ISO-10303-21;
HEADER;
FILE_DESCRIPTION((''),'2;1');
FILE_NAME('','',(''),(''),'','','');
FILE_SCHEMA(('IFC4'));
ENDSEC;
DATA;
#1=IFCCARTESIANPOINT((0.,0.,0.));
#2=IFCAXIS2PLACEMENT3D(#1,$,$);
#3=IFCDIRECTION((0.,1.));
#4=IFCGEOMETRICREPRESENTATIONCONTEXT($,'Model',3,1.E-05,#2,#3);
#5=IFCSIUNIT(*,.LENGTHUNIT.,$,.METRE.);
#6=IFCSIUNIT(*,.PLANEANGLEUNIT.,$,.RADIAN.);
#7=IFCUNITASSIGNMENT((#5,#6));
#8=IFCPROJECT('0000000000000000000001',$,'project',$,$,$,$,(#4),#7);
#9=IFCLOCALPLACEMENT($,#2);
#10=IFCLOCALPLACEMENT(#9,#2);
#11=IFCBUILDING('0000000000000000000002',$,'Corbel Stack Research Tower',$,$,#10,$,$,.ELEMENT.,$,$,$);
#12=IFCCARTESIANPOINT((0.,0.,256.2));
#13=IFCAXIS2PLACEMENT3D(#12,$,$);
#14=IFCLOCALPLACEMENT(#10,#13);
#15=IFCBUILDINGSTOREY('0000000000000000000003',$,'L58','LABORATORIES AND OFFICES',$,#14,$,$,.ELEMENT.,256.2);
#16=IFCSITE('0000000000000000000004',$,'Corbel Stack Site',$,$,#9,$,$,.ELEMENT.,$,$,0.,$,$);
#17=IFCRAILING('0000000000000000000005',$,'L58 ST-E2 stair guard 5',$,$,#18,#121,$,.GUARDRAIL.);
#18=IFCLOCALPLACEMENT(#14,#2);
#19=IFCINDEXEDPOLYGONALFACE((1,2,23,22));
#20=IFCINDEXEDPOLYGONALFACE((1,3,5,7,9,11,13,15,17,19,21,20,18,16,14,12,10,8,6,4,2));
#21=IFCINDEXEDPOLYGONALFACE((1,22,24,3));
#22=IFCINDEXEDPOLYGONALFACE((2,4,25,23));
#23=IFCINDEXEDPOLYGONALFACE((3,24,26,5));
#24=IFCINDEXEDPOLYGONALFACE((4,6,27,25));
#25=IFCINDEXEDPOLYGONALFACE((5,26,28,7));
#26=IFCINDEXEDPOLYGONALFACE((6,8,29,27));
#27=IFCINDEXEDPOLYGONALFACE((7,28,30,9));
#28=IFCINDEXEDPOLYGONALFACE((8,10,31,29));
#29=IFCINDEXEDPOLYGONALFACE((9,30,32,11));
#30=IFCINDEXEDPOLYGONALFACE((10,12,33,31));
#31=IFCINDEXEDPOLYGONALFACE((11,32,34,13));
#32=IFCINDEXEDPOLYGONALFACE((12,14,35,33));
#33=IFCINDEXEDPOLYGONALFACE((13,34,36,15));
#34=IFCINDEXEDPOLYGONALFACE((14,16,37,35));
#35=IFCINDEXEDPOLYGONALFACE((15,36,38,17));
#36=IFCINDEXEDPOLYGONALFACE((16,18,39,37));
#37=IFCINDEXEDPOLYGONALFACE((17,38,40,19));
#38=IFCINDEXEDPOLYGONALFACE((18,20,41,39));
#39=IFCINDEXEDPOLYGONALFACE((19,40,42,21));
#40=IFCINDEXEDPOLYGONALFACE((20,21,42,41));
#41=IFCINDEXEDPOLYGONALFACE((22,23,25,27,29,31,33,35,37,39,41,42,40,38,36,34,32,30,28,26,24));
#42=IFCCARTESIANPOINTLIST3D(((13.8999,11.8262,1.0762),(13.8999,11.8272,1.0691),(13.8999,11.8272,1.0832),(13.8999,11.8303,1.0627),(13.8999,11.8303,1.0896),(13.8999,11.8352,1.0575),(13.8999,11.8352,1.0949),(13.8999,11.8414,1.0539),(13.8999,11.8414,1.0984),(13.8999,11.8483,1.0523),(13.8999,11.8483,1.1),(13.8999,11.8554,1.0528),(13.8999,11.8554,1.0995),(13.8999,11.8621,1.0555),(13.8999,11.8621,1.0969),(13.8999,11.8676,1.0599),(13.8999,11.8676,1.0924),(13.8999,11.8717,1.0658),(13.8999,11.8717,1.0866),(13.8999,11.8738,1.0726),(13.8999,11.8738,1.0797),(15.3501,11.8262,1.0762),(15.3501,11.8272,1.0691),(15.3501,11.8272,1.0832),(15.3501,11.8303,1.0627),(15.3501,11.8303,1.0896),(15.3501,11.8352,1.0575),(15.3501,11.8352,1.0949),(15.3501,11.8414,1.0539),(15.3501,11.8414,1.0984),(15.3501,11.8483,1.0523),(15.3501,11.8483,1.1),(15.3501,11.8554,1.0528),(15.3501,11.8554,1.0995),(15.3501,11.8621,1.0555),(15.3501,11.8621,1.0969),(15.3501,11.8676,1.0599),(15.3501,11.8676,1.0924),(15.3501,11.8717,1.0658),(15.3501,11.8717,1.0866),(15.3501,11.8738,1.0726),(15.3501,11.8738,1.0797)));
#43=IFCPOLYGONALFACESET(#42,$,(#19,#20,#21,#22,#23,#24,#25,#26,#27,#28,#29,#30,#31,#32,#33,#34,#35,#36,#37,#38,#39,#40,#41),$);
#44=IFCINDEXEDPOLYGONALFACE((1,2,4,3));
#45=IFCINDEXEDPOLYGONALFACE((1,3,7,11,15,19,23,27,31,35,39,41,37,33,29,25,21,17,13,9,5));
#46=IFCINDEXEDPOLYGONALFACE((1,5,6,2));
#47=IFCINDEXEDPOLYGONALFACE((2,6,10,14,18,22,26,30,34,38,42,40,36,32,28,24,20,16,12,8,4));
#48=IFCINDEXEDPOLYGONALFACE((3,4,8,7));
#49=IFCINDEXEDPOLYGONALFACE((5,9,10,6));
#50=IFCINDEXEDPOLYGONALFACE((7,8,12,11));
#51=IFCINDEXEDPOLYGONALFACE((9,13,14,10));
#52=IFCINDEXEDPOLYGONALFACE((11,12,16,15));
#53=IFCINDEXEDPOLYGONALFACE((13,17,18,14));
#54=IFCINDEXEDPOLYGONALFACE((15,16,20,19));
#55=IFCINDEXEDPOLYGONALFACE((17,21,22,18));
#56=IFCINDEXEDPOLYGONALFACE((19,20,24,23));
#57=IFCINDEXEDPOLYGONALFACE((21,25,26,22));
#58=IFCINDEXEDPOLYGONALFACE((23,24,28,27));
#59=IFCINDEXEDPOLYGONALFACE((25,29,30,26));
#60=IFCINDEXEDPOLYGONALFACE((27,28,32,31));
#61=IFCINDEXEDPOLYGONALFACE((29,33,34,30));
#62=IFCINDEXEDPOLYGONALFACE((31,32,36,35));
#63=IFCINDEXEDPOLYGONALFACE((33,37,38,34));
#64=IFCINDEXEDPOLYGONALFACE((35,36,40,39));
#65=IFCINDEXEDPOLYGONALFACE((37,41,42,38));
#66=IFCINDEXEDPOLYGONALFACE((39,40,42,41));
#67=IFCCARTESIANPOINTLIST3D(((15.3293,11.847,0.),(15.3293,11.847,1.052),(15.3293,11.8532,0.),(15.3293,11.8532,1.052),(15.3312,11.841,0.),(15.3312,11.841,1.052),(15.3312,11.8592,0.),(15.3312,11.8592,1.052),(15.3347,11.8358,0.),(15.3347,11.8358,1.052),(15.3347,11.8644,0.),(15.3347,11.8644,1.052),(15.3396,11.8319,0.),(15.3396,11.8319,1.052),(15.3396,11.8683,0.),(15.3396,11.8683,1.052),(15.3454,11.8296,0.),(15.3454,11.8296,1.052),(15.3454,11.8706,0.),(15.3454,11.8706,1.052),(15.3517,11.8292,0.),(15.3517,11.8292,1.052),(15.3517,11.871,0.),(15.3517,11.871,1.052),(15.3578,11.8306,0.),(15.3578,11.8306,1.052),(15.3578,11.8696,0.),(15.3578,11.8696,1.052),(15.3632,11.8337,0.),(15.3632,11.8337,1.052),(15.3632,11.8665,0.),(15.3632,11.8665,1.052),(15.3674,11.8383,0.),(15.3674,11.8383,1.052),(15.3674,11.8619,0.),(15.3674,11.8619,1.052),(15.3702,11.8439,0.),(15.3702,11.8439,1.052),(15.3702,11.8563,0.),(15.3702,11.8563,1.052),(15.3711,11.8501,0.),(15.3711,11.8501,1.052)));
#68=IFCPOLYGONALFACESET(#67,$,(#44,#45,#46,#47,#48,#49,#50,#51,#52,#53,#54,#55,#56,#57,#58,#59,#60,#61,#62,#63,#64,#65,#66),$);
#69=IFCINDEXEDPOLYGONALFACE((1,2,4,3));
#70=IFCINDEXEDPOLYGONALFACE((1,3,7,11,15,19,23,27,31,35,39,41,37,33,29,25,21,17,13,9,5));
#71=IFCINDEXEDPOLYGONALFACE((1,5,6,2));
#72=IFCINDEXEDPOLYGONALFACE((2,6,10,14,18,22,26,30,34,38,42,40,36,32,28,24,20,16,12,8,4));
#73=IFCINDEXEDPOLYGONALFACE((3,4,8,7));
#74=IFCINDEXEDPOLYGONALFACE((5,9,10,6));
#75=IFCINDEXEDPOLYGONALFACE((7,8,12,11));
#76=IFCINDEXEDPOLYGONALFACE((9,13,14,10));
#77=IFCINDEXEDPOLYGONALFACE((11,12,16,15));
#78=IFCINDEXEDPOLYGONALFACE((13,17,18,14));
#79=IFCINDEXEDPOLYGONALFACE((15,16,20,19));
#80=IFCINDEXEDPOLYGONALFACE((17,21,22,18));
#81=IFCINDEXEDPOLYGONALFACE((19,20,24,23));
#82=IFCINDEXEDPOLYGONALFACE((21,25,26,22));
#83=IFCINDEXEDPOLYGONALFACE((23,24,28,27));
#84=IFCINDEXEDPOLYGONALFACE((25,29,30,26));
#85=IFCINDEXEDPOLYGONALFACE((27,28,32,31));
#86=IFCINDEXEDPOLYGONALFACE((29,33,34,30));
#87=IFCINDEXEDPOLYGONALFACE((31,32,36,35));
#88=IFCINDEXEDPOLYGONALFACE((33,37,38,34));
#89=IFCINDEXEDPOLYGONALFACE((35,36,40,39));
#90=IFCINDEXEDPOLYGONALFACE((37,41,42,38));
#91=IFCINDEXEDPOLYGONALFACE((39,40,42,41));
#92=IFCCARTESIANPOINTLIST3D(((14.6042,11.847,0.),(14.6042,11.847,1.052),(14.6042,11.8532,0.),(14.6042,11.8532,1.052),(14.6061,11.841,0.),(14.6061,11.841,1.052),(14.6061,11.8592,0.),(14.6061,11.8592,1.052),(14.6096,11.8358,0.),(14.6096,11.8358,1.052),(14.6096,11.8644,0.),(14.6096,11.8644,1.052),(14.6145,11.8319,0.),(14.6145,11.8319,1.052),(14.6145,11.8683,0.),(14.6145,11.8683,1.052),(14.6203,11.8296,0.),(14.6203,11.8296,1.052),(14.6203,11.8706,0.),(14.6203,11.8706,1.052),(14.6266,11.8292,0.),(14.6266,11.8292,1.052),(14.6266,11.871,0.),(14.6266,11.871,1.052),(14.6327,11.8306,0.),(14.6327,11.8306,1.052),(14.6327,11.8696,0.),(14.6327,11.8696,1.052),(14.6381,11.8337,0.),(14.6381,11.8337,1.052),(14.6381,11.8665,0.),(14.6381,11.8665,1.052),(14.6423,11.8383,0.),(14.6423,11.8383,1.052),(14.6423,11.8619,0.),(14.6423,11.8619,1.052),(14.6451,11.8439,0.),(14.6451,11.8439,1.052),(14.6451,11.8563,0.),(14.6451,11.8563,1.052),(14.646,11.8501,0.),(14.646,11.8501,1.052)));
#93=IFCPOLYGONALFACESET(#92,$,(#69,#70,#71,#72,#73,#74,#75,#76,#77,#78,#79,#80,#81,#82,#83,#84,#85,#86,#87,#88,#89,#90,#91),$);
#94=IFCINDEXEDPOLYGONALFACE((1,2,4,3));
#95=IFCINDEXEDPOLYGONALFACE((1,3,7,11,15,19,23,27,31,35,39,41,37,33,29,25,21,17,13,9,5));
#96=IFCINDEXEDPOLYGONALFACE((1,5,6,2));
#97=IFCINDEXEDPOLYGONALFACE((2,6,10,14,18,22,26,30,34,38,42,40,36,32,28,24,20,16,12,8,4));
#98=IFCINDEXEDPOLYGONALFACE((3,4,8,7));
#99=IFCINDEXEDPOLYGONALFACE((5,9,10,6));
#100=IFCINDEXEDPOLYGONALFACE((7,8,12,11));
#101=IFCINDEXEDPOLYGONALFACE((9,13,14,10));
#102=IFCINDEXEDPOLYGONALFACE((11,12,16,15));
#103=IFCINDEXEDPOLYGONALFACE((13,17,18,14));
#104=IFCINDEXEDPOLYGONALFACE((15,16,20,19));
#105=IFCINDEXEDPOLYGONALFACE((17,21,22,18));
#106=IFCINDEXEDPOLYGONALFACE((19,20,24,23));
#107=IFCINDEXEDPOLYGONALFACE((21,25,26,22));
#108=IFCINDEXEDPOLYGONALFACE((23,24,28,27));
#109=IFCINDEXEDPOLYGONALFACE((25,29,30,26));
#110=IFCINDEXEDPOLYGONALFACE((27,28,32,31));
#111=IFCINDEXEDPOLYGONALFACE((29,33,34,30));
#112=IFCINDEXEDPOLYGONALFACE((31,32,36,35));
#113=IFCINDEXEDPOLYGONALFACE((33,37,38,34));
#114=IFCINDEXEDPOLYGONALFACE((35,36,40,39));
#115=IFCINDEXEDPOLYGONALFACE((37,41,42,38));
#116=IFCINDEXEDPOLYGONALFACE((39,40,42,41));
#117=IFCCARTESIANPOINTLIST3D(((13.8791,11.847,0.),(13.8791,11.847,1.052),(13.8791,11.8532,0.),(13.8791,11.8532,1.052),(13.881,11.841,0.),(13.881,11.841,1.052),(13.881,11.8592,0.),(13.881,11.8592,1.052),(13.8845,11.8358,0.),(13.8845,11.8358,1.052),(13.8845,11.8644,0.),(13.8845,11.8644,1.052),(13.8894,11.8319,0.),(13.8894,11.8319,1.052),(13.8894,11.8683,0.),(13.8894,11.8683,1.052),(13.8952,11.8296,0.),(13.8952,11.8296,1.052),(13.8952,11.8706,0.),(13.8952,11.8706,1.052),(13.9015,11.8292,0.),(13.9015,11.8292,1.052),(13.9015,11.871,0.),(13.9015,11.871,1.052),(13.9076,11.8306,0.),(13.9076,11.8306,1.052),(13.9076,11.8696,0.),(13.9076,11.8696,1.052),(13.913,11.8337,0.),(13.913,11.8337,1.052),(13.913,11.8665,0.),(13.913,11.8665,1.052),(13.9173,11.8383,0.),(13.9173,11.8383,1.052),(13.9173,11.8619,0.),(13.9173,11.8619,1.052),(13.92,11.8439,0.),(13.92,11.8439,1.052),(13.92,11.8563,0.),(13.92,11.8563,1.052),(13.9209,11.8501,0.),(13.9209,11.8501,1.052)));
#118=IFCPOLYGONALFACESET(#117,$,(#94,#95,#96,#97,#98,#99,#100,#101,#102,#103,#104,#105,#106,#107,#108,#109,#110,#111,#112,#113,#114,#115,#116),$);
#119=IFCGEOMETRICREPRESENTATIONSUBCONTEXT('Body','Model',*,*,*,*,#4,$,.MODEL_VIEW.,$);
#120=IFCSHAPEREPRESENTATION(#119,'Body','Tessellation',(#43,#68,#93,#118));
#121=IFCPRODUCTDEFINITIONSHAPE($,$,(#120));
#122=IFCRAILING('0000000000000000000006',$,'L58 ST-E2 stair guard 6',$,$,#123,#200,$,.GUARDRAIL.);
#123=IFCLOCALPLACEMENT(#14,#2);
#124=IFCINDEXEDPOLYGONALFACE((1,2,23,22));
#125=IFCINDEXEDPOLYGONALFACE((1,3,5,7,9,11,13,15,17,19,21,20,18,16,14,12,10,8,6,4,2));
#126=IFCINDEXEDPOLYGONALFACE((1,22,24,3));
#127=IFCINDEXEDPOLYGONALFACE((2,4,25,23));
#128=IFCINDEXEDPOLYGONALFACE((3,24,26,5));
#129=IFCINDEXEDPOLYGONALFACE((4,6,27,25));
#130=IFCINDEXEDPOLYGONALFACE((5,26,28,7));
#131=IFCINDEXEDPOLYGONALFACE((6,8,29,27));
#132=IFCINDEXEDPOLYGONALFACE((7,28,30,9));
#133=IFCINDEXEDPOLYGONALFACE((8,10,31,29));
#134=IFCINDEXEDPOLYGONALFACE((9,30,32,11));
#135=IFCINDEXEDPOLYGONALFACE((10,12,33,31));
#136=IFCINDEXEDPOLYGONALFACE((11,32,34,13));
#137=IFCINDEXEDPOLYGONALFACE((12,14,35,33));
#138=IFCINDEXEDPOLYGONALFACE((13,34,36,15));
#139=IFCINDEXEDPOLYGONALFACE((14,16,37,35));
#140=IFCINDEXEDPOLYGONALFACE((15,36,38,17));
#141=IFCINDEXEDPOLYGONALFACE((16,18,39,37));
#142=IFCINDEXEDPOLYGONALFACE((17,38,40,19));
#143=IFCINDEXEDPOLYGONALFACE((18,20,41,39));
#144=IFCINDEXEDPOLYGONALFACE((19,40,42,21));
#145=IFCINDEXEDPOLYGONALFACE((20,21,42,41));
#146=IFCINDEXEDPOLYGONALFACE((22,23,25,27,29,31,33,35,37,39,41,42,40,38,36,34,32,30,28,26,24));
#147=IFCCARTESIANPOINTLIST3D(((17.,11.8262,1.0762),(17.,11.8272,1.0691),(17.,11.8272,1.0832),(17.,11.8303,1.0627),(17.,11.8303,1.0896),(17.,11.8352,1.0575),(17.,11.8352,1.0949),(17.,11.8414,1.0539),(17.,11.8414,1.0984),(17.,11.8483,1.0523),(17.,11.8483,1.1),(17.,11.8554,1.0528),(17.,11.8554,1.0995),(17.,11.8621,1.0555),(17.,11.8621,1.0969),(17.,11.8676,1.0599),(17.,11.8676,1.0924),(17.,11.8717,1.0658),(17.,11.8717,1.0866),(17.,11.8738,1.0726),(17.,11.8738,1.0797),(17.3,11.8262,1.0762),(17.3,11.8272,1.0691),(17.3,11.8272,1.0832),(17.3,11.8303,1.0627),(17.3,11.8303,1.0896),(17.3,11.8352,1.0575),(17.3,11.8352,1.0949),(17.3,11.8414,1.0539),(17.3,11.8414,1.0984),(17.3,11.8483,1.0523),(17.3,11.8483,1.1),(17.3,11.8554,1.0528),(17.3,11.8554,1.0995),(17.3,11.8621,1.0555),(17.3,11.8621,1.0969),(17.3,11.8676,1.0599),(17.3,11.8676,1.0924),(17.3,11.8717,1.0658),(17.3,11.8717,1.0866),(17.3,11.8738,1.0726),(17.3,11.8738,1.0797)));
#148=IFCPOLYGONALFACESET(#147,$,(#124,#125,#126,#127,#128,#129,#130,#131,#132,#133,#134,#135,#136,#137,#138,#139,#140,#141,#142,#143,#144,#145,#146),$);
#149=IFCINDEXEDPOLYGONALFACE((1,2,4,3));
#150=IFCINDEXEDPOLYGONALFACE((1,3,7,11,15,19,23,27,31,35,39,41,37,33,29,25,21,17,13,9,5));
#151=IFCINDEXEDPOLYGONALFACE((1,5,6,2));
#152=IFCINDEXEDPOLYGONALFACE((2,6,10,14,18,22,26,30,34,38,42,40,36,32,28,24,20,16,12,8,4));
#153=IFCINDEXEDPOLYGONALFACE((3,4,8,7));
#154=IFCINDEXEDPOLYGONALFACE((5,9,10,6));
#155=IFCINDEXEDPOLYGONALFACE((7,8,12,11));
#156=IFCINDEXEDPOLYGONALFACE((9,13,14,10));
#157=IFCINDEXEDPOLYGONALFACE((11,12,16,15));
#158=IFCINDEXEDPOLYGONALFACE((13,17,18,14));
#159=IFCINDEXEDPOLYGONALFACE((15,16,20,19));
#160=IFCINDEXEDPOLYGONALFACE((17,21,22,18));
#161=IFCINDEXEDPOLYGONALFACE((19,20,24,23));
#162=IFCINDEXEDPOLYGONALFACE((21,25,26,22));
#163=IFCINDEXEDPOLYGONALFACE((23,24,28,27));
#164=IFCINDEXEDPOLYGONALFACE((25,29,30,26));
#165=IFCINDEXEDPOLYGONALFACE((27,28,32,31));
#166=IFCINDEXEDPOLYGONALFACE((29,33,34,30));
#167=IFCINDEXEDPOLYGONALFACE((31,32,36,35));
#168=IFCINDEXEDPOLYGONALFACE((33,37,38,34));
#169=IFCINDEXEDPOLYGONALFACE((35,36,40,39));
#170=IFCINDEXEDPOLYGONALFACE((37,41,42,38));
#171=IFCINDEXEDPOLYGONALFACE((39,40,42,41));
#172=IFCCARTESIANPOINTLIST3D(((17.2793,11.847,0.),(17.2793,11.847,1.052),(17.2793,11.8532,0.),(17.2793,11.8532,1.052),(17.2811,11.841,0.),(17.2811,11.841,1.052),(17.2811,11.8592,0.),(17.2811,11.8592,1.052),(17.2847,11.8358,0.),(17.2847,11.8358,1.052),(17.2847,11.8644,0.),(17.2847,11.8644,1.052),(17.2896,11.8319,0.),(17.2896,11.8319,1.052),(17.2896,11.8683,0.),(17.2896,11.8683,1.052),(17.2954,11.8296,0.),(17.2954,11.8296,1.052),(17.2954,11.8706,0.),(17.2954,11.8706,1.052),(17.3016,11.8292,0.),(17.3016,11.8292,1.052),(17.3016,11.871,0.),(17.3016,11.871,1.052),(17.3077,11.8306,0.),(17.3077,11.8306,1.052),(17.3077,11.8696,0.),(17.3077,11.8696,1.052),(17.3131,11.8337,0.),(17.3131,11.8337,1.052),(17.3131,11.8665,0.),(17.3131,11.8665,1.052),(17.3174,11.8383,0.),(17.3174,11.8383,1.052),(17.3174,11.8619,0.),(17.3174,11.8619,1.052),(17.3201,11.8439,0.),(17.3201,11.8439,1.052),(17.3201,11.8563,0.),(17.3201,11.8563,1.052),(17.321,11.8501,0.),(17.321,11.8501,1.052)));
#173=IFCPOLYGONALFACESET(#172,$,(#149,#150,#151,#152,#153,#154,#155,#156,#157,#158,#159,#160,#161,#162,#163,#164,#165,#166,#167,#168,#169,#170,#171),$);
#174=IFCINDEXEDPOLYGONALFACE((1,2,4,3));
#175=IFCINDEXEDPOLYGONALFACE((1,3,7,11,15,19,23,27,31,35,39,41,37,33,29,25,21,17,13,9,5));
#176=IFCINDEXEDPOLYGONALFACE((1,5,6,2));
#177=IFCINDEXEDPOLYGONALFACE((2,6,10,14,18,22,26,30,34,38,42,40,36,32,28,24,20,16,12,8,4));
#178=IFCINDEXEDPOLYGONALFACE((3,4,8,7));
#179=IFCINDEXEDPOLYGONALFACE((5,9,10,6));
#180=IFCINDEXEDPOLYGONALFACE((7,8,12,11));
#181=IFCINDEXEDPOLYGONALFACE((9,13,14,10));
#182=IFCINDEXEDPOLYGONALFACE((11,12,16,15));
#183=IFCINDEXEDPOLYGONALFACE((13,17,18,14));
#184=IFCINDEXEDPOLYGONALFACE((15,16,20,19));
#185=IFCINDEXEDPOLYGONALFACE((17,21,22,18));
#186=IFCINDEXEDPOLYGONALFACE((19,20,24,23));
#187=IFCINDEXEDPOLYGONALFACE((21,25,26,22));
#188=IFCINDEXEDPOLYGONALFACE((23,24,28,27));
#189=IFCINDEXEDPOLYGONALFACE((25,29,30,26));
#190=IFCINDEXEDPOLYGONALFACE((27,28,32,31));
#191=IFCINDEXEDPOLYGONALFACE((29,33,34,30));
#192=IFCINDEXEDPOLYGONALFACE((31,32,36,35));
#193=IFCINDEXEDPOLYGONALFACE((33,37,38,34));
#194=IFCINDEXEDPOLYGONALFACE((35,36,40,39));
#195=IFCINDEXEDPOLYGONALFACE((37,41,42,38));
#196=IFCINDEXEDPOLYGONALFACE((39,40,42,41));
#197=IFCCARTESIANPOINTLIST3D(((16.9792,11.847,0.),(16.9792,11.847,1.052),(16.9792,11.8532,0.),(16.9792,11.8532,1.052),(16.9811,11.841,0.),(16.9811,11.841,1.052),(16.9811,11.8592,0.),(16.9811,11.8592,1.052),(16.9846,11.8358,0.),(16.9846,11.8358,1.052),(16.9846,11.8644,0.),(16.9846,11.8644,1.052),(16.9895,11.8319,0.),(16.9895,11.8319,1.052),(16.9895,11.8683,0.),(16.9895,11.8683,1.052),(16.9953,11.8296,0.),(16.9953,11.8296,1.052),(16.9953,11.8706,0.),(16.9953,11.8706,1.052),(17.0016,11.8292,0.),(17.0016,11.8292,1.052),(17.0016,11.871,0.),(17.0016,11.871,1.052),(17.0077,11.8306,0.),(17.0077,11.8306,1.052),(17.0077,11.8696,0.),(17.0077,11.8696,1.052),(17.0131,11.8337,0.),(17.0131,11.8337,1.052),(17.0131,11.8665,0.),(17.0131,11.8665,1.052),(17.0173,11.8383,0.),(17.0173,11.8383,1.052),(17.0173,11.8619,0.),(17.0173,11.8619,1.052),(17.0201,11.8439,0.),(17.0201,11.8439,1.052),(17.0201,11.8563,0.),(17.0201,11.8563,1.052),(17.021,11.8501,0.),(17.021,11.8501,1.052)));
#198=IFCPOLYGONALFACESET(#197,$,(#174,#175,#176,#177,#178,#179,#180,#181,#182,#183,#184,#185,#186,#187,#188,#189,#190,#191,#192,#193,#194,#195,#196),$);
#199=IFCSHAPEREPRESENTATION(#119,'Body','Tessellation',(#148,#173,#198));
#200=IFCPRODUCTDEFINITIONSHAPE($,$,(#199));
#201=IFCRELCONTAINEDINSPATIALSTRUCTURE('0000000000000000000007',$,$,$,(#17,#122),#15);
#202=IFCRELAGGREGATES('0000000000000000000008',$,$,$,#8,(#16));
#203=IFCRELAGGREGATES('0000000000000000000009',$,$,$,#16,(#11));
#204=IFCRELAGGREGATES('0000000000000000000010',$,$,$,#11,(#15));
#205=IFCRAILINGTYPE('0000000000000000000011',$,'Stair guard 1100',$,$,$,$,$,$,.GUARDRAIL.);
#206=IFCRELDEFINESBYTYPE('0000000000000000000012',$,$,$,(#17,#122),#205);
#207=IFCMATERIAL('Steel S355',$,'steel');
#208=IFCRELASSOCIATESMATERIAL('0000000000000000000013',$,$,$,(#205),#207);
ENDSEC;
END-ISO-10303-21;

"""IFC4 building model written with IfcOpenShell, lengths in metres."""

from ifc_helpers import new_model, si_unit, direction, frame, origin, origin_2d, place, context, subcontext, project, spatial, circle, extrude, material, type_object, element, save


model = new_model("IFC4")

# Units and contexts
model_context = context("Model", 3, precision=1e-05, world=origin(), true_north=direction((0.0, 1.0)))
body_context = subcontext(model_context, "Body", "Model", "MODEL_VIEW")
ifc_project = project(units=[si_unit("LENGTHUNIT", "METRE"), si_unit("PLANEANGLEUNIT", "RADIAN")], contexts=[model_context])

# Site, building, storey
site_placement = place(None, origin())
site = spatial("IfcSite", under=ifc_project, at=site_placement, Name="Corbel Stack Site", CompositionType="ELEMENT", RefElevation=0.0)
building_placement = place(site_placement, origin())
building = spatial("IfcBuilding", under=site, at=building_placement, Name="Corbel Stack Research Tower", CompositionType="ELEMENT")
storey_placement = place(building_placement, frame((0.0, 0.0, 256.2)))
storey = spatial("IfcBuildingStorey", under=building, at=storey_placement, Name="L58", Description="LABORATORIES AND OFFICES", CompositionType="ELEMENT", Elevation=256.2)

# Railings
ifc_material_1 = material(Name="Steel S355", Category="steel")
railing_type = type_object("IfcRailingType", Name="Stair guard 1100", PredefinedType="GUARDRAIL", material=ifc_material_1)
railing_1_placement = place(storey_placement, frame((15.3501, 11.8501, 0.0)))
element("IfcRailing", 1, at=railing_1_placement, inside=storey, type_object=railing_type, Name="L58 ST-E2 stair guard 5", PredefinedType="GUARDRAIL", context=body_context, shape_type="SweptSolid", body=[
    extrude(circle(Radius=0.0239, at=origin_2d()), frame((0.0, 0.0, 1.0762), z_axis=(-1.0, 0.0, 0.0), x_axis=(0.0, -1.0, 0.0)), (0.0, 0.0, 1.0), 1.4502),
    extrude(circle(Radius=0.021, at=origin_2d()), origin(), (0.0, 0.0, 1.0), 1.052),
    extrude(circle(Radius=0.021, at=origin_2d()), frame((-0.7251, 0.0, 0.0)), (0.0, 0.0, 1.0), 1.052),
    extrude(circle(Radius=0.021, at=origin_2d()), frame((-1.4502, 0.0, 0.0)), (0.0, 0.0, 1.0), 1.052),
])
railing_2_placement = place(storey_placement, frame((17.3, 11.8501, 0.0)))
element("IfcRailing", 2, at=railing_2_placement, inside=storey, type_object=railing_type, Name="L58 ST-E2 stair guard 6", PredefinedType="GUARDRAIL", context=body_context, shape_type="SweptSolid", body=[
    extrude(circle(Radius=0.0239, at=origin_2d()), frame((0.0, 0.0, 1.0762), z_axis=(-1.0, 0.0, 0.0), x_axis=(0.0, -1.0, 0.0)), (0.0, 0.0, 1.0), 0.3),
    extrude(circle(Radius=0.021, at=origin_2d()), origin(), (0.0, 0.0, 1.0), 1.052),
    extrude(circle(Radius=0.021, at=origin_2d()), frame((-0.3, 0.0, 0.0)), (0.0, 0.0, 1.0), 1.052),
])

save(model, "model.ifc")
